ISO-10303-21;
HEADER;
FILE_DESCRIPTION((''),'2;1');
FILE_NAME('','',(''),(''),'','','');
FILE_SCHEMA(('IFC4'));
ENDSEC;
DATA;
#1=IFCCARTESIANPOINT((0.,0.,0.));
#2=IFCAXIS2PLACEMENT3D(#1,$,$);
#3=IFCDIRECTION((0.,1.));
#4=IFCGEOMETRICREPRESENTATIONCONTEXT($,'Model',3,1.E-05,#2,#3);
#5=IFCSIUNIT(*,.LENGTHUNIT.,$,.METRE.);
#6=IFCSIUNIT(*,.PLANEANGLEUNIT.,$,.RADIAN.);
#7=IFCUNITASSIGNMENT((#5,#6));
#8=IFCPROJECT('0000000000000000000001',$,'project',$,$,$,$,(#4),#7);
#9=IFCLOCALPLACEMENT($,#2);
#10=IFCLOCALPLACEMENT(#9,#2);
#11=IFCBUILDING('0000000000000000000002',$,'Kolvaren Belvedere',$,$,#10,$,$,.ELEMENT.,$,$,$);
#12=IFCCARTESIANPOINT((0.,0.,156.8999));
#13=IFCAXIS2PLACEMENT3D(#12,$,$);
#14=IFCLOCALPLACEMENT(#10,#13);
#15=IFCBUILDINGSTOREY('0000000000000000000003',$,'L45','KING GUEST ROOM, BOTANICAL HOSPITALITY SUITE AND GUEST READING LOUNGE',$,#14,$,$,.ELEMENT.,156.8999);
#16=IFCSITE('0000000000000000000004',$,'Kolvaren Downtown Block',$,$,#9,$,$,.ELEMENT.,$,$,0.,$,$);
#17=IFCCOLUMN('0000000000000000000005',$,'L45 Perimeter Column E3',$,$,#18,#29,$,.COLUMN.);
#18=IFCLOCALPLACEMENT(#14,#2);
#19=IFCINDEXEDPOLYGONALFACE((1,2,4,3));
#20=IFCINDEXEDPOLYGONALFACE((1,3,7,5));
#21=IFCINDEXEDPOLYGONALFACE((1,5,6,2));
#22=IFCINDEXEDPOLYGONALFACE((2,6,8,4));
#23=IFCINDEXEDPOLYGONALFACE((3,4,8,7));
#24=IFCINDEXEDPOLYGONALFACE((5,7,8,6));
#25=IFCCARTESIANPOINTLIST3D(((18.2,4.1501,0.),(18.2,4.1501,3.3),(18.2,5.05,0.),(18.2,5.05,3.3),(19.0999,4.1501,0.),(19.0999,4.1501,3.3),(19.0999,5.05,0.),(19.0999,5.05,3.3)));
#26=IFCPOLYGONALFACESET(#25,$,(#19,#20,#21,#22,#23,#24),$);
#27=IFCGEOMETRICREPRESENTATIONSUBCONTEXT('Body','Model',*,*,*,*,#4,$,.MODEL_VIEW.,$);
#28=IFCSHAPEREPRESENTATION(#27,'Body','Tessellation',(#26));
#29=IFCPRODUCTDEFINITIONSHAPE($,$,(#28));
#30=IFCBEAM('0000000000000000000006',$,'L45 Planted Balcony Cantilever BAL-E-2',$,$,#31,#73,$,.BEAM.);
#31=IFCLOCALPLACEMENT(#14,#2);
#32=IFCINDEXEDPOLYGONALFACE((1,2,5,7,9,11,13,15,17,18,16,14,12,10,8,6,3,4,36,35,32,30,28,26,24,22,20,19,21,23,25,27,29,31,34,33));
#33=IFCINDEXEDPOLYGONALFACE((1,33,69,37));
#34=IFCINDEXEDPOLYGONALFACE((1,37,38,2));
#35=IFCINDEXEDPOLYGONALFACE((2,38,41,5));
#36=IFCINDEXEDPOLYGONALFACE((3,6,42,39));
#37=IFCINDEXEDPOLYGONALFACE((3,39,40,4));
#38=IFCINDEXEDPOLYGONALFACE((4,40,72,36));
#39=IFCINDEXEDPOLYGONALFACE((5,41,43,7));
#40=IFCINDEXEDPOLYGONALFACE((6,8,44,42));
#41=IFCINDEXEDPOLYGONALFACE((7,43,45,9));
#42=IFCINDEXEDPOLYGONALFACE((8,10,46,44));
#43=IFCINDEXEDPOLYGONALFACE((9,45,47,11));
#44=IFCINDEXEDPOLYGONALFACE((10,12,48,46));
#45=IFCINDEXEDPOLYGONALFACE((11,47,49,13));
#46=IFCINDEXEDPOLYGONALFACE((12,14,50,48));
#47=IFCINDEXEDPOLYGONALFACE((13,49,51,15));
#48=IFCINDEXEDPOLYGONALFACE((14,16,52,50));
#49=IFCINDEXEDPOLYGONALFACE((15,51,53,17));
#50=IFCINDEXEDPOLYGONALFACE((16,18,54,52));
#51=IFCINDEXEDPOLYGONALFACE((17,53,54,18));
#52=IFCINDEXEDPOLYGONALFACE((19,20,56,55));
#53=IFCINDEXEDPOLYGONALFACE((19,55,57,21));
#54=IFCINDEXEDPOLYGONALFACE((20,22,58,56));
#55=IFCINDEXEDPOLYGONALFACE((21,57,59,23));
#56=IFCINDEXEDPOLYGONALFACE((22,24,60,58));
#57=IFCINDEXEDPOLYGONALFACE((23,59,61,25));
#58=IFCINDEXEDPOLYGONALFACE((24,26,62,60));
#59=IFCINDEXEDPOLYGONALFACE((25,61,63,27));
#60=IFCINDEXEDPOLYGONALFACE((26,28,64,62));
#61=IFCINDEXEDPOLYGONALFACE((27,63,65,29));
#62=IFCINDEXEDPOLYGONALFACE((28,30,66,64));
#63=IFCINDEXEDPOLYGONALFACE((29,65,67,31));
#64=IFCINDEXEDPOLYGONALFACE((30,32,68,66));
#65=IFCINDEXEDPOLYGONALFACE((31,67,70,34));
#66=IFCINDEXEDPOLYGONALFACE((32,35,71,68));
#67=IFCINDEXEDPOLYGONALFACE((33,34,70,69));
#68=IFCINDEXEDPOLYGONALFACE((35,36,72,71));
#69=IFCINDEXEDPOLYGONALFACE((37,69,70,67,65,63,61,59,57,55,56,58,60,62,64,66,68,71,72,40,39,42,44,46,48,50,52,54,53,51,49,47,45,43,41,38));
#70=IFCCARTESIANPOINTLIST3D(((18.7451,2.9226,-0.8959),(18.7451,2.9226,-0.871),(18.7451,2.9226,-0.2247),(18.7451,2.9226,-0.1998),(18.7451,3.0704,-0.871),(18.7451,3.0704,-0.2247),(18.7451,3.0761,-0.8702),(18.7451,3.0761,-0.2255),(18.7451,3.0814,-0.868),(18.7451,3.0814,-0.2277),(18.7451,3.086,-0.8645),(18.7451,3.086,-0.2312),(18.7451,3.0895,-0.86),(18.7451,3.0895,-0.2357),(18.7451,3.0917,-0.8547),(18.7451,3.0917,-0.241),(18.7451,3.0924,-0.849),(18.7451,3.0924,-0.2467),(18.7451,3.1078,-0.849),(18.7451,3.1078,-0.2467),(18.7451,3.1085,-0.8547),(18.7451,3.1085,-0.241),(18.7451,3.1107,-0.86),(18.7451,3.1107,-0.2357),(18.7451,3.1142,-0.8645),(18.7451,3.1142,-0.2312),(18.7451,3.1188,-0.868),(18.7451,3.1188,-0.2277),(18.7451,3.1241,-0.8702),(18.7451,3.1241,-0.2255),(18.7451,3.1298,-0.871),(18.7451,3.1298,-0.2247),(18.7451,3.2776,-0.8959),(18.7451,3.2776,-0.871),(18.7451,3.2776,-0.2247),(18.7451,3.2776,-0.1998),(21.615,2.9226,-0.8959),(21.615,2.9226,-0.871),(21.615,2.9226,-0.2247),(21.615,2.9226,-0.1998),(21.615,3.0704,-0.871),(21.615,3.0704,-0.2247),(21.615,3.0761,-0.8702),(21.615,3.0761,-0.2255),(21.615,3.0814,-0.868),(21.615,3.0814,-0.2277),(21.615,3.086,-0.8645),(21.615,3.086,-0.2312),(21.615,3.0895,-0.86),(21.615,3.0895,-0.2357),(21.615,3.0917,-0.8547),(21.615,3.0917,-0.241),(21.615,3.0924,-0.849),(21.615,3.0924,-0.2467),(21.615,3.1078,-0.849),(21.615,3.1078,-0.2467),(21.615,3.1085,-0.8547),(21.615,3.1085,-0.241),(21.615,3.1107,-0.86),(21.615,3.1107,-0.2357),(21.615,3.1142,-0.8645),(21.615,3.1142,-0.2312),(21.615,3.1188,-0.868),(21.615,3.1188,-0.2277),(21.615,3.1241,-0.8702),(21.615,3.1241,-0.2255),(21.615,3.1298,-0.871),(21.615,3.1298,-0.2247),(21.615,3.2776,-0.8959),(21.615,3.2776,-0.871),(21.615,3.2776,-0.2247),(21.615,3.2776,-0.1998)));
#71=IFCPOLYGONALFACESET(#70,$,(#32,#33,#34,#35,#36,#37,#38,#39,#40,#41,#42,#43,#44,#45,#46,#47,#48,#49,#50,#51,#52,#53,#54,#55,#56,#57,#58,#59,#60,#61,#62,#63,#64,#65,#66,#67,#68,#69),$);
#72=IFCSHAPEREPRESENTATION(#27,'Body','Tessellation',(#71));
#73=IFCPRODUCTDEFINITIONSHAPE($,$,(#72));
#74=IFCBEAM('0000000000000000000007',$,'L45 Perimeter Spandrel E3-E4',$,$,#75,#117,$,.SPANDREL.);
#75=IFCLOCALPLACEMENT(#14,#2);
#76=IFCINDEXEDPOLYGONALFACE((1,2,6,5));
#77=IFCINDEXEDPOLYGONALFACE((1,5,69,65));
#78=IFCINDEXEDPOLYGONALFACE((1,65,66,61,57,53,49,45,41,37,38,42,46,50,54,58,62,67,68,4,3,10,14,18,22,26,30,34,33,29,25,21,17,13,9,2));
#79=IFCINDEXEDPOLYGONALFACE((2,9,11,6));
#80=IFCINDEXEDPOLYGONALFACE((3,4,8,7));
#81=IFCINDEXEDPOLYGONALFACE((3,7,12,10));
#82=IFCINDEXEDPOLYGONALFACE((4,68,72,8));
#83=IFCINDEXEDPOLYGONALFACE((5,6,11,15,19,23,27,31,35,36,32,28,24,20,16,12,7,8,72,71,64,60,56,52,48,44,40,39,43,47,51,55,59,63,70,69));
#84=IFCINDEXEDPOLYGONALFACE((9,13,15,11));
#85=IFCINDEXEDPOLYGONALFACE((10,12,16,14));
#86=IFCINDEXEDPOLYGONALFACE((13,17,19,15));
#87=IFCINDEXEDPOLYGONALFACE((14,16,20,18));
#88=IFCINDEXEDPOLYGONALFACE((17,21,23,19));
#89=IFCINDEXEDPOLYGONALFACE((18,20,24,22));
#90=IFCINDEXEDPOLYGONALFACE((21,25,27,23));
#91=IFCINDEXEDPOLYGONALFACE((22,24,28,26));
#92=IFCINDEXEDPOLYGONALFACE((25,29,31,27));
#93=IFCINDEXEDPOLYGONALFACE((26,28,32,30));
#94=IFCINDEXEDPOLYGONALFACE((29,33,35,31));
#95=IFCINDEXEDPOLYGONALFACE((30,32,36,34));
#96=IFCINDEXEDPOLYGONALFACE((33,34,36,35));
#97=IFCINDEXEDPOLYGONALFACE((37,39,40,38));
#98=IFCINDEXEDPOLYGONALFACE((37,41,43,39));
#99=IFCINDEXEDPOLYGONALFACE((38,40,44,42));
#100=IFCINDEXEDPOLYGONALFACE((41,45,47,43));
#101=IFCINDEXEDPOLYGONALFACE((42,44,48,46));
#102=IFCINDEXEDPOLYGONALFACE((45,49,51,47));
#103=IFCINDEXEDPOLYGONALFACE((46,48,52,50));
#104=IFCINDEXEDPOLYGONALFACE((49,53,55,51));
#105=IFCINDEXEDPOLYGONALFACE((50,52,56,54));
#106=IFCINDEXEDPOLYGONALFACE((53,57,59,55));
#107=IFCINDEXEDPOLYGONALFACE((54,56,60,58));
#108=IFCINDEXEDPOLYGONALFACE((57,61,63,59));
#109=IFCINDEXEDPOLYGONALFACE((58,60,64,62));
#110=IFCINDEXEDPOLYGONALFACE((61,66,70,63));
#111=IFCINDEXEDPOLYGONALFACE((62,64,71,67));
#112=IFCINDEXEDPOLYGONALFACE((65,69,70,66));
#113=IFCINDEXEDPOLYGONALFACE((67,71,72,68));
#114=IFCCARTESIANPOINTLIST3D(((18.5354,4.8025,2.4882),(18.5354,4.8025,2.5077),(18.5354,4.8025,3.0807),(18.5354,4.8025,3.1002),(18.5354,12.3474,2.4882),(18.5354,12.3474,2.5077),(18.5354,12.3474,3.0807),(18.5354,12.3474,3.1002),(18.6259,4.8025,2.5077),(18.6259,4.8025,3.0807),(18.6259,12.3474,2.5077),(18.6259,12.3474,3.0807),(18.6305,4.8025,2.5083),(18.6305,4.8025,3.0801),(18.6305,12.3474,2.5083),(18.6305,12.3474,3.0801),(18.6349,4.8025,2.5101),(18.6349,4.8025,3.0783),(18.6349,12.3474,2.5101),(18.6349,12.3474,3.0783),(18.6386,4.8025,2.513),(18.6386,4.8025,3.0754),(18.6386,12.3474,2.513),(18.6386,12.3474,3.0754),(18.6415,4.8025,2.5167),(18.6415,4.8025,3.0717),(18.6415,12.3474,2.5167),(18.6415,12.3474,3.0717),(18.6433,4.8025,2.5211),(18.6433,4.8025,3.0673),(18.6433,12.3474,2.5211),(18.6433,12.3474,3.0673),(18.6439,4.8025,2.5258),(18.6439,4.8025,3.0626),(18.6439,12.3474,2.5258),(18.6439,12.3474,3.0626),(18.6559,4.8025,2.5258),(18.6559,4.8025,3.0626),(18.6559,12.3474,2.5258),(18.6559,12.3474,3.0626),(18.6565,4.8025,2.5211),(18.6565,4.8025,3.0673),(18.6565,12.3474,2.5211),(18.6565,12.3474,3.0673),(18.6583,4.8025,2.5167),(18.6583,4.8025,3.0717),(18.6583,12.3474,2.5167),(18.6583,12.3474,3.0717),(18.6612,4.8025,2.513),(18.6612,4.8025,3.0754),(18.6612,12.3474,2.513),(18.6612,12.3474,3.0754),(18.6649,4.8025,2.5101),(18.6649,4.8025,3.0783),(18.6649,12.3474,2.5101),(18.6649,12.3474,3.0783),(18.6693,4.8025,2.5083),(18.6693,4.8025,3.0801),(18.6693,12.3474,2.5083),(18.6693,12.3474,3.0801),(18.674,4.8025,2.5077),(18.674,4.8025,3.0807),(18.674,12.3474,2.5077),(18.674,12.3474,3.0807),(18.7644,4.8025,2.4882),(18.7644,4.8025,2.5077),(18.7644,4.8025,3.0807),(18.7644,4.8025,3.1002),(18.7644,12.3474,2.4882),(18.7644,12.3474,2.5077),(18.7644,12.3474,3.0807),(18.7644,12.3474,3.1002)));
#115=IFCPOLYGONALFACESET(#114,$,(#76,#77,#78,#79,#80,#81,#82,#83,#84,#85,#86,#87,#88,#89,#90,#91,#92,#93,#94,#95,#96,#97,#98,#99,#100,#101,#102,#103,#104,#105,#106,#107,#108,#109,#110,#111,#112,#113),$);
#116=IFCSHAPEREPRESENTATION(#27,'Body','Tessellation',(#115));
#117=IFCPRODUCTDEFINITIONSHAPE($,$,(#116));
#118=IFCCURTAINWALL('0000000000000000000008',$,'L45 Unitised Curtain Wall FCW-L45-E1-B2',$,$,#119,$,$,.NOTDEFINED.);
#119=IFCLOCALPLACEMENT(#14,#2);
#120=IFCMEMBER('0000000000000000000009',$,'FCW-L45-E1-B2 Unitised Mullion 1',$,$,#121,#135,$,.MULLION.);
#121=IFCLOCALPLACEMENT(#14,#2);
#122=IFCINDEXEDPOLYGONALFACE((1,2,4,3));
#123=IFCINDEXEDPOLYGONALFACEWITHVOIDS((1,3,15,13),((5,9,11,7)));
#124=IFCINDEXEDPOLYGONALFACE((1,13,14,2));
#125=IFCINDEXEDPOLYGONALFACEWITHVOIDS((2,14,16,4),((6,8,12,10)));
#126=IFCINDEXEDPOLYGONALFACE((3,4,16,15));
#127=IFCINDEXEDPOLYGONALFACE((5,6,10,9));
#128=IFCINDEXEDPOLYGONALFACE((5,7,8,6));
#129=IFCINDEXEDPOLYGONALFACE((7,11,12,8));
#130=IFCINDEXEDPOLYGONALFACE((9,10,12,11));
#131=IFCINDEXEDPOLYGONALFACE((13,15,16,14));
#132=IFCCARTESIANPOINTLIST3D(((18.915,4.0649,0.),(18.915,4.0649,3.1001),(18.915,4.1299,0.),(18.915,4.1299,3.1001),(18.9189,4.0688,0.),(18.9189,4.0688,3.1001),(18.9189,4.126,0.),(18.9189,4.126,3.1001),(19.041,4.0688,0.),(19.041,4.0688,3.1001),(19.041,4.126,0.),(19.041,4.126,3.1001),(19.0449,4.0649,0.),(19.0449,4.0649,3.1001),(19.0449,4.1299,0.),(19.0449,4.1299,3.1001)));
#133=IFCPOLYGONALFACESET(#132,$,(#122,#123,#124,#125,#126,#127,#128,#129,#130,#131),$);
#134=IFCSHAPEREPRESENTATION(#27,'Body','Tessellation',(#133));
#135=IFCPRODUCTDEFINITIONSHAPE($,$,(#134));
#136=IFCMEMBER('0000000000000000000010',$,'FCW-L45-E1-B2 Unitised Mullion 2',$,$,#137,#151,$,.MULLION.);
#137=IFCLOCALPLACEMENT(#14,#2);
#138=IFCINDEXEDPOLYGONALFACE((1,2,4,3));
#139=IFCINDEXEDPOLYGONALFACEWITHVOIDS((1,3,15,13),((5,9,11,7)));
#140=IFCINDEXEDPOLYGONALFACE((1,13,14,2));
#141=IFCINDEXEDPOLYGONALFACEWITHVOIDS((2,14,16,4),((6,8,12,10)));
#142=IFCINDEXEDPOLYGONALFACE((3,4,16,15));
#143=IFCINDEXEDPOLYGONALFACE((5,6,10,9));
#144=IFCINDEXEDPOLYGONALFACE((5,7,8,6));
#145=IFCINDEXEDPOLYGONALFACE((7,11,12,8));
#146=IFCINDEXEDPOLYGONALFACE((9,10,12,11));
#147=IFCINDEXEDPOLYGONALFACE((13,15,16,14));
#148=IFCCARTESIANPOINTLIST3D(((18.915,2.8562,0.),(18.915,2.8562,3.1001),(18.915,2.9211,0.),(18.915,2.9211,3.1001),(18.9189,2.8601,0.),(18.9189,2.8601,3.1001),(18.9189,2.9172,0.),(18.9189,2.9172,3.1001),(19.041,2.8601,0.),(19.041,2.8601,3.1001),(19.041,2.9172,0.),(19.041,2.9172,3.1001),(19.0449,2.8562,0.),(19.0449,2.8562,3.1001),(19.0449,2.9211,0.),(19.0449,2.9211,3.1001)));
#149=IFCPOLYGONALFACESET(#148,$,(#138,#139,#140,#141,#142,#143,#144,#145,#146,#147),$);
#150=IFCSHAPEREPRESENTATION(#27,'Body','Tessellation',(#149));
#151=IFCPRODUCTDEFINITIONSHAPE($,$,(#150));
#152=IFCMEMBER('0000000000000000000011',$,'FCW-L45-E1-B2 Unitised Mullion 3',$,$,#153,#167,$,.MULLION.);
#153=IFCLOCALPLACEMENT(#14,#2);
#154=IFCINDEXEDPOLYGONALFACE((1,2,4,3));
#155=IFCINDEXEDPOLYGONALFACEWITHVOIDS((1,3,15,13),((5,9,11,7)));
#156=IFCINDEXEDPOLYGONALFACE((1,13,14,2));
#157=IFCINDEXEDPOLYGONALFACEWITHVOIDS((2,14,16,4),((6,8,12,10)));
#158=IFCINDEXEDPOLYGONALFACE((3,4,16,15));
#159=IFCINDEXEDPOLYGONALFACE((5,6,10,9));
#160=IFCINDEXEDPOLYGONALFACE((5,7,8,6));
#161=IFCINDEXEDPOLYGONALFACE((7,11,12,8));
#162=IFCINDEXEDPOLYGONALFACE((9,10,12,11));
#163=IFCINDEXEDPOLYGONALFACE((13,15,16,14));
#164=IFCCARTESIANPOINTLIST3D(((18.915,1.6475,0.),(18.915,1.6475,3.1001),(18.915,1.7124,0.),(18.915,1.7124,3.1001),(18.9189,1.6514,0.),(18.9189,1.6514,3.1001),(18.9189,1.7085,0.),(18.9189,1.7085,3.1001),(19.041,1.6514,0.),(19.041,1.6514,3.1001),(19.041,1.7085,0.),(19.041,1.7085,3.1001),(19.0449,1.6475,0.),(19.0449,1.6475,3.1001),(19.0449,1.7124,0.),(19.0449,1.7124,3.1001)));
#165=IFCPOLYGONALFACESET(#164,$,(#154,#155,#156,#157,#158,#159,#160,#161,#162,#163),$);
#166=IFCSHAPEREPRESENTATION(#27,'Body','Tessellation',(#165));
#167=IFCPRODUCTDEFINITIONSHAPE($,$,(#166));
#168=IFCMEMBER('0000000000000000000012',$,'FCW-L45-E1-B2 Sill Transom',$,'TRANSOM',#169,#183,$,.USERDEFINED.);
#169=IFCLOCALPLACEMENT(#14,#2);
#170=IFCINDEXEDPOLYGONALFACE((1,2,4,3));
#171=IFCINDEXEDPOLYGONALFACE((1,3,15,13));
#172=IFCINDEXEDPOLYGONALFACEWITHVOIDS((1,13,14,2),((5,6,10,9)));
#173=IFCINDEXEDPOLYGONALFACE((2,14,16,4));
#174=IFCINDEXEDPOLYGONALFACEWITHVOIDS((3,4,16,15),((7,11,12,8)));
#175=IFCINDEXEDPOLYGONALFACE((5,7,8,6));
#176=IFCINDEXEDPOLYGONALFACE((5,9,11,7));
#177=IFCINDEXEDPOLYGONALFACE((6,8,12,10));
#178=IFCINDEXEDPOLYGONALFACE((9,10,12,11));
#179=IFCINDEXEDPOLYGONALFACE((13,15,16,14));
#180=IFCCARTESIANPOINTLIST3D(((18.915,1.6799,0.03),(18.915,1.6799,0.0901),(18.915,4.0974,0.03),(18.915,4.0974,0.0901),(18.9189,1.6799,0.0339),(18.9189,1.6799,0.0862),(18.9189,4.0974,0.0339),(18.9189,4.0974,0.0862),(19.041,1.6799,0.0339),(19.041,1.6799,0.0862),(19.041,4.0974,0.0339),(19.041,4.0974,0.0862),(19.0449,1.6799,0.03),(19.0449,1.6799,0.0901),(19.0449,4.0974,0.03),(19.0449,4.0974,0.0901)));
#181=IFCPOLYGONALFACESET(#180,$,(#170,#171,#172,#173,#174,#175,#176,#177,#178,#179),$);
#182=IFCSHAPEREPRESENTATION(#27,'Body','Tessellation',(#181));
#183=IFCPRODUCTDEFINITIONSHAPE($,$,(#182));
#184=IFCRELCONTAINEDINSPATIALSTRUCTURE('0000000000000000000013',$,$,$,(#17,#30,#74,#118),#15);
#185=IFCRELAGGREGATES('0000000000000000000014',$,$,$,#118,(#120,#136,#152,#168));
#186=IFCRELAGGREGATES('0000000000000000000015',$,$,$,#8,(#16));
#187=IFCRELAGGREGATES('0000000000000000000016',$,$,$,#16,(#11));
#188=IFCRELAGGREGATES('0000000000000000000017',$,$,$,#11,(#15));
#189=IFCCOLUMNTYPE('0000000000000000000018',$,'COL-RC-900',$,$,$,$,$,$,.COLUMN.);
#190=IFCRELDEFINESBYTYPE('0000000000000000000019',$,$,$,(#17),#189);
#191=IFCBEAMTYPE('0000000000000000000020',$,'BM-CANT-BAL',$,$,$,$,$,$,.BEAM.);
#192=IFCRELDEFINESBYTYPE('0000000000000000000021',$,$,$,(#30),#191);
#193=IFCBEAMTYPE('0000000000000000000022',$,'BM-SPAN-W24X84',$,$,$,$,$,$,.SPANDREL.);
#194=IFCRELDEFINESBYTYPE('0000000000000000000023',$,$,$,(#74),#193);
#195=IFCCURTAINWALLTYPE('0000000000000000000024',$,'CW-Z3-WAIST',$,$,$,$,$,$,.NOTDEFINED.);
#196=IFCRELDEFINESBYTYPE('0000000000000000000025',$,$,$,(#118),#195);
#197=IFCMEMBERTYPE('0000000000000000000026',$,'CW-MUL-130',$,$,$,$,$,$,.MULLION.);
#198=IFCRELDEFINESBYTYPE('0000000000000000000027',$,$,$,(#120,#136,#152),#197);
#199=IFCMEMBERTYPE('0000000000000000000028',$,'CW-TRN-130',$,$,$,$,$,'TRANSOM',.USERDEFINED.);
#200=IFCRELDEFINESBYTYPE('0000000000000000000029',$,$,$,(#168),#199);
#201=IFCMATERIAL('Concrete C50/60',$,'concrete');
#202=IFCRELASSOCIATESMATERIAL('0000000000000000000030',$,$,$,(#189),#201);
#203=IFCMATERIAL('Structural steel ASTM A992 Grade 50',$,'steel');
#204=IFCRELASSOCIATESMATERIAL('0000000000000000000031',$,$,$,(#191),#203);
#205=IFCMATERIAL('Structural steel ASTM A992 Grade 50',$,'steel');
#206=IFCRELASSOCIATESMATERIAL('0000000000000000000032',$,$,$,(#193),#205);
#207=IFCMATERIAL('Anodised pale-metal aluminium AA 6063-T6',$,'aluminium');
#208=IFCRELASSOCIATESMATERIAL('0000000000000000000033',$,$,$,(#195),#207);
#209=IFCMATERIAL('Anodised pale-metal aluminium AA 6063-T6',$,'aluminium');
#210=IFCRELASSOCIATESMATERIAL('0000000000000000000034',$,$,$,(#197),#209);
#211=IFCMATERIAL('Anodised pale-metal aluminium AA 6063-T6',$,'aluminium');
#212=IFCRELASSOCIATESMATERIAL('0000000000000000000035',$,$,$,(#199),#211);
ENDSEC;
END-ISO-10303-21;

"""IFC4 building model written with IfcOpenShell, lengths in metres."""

from ifc_helpers import new_model, si_unit, direction, frame, origin, origin_2d, place, context, subcontext, project, spatial, rectangle, hollow_rectangle, i_section, extrude, material, material_profile, profile_set, type_object, element, aggregate, save


model = new_model("IFC4")

# Units and contexts
model_context = context("Model", 3, precision=1e-05, world=origin(), true_north=direction((0.0, 1.0)))
body_context = subcontext(model_context, "Body", "Model", "MODEL_VIEW")
ifc_project = project(units=[si_unit("LENGTHUNIT", "METRE"), si_unit("PLANEANGLEUNIT", "RADIAN")], contexts=[model_context])

# Site, building, storey
site_placement = place(None, origin())
site = spatial("IfcSite", under=ifc_project, at=site_placement, Name="Kolvaren Downtown Block", CompositionType="ELEMENT", RefElevation=0.0)
building_placement = place(site_placement, origin())
building = spatial("IfcBuilding", under=site, at=building_placement, Name="Kolvaren Belvedere", CompositionType="ELEMENT")
storey_placement = place(building_placement, frame((0.0, 0.0, 156.8999)))
storey = spatial("IfcBuildingStorey", under=building, at=storey_placement, Name="L45", Description="KING GUEST ROOM, BOTANICAL HOSPITALITY SUITE AND GUEST READING LOUNGE", CompositionType="ELEMENT", Elevation=156.8999)

# Column
ifc_material_1 = material(Name="Concrete C50/60", Category="concrete")
ifc_material_profile_1 = material_profile(ifc_material_1, rectangle(XDim=0.8999, YDim=0.8999, at=origin_2d()), Name="RC 900X900")
ifc_profile_set_1 = profile_set([ifc_material_profile_1], Name="Concrete C50/60")
column_type = type_object("IfcColumnType", Name="COL-RC-900", PredefinedType="COLUMN", material=ifc_profile_set_1)
column_placement = place(storey_placement, frame((18.6499, 4.6001, 0.0), z_axis=(0.0, 0.0, 1.0), x_axis=(1.0, 0.0, 0.0)))
element("IfcColumn", 1, at=column_placement, inside=storey, type_object=column_type, Name="L45 Perimeter Column E3", PredefinedType="COLUMN", context=body_context, shape_type="SweptSolid", body=[
    extrude(rectangle(XDim=0.8999, YDim=0.8999, at=origin_2d()), origin(), (0.0, 0.0, 1.0), 3.3),
])

# Beams
ifc_material_2 = material(Name="Structural steel ASTM A992 Grade 50", Category="steel")
ifc_material_profile_2 = material_profile(ifc_material_2, i_section(OverallWidth=0.355, OverallDepth=0.696, WebThickness=0.0154, FlangeThickness=0.0249, FilletRadius=0.022, at=origin_2d()), Name="W27X146")
ifc_profile_set_2 = profile_set([ifc_material_profile_2], Name="Structural steel ASTM A992 Grade 50")
beam_type_1 = type_object("IfcBeamType", Name="BM-CANT-BAL", PredefinedType="BEAM", material=ifc_profile_set_2)
beam_1_placement = place(storey_placement, frame((18.7451, 3.1001, -0.5479), z_axis=(1.0, 0.0, 0.0), x_axis=(0.0, 1.0, 0.0)))
element("IfcBeam", 2, at=beam_1_placement, inside=storey, type_object=beam_type_1, Name="L45 Planted Balcony Cantilever BAL-E-2", PredefinedType="BEAM", context=body_context, shape_type="SweptSolid", body=[
    extrude(i_section(OverallWidth=0.355, OverallDepth=0.696, WebThickness=0.0154, FlangeThickness=0.0249, FilletRadius=0.022, at=origin_2d()), origin(), (0.0, 0.0, 1.0), 2.8699),
])
ifc_material_3 = material(Name="Structural steel ASTM A992 Grade 50", Category="steel")
ifc_material_profile_3 = material_profile(ifc_material_3, i_section(OverallWidth=0.229, OverallDepth=0.6121, WebThickness=0.012, FlangeThickness=0.0195, FilletRadius=0.0181, at=origin_2d()), Name="W24X84")
ifc_profile_set_3 = profile_set([ifc_material_profile_3], Name="Structural steel ASTM A992 Grade 50")
beam_type_2 = type_object("IfcBeamType", Name="BM-SPAN-W24X84", PredefinedType="SPANDREL", material=ifc_profile_set_3)
beam_2_placement = place(storey_placement, frame((18.6499, 4.8025, 2.7942), z_axis=(0.0, 1.0, 0.0), x_axis=(-1.0, 0.0, 0.0)))
element("IfcBeam", 3, at=beam_2_placement, inside=storey, type_object=beam_type_2, Name="L45 Perimeter Spandrel E3-E4", PredefinedType="SPANDREL", context=body_context, shape_type="SweptSolid", body=[
    extrude(i_section(OverallWidth=0.229, OverallDepth=0.6121, WebThickness=0.012, FlangeThickness=0.0195, FilletRadius=0.0181, at=origin_2d()), origin(), (0.0, 0.0, 1.0), 7.5449),
])

# Curtain wall, members
ifc_material_4 = material(Name="Anodised pale-metal aluminium AA 6063-T6", Category="aluminium")
curtain_wall_type = type_object("IfcCurtainWallType", Name="CW-Z3-WAIST", PredefinedType="NOTDEFINED", material=ifc_material_4)
curtain_wall_placement = place(storey_placement, origin())
curtain_wall = element("IfcCurtainWall", 4, at=curtain_wall_placement, inside=storey, type_object=curtain_wall_type, Name="L45 Unitised Curtain Wall FCW-L45-E1-B2", PredefinedType="NOTDEFINED")
ifc_material_5 = material(Name="Anodised pale-metal aluminium AA 6063-T6", Category="aluminium")
ifc_material_profile_4 = material_profile(ifc_material_5, hollow_rectangle(XDim=0.0649, YDim=0.1299, WallThickness=0.0039, at=origin_2d()), Name="ALU-MUL-130X65")
ifc_profile_set_4 = profile_set([ifc_material_profile_4], Name="Anodised pale-metal aluminium AA 6063-T6")
member_type_1 = type_object("IfcMemberType", Name="CW-MUL-130", PredefinedType="MULLION", material=ifc_profile_set_4)
member_1_placement = place(storey_placement, frame((18.98, 4.0974, 0.0), z_axis=(0.0, 0.0, 1.0), x_axis=(0.0, 1.0, 0.0)))
member_1 = element("IfcMember", 5, at=member_1_placement, type_object=member_type_1, Name="FCW-L45-E1-B2 Unitised Mullion 1", PredefinedType="MULLION", context=body_context, shape_type="SweptSolid", body=[
    extrude(hollow_rectangle(XDim=0.0649, YDim=0.1299, WallThickness=0.0039, at=origin_2d()), origin(), (0.0, 0.0, 1.0), 3.1001),
])
member_2_placement = place(storey_placement, frame((18.98, 2.8887, 0.0), z_axis=(0.0, 0.0, 1.0), x_axis=(0.0, 1.0, 0.0)))
member_2 = element("IfcMember", 6, at=member_2_placement, type_object=member_type_1, Name="FCW-L45-E1-B2 Unitised Mullion 2", PredefinedType="MULLION", context=body_context, shape_type="SweptSolid", body=[
    extrude(hollow_rectangle(XDim=0.0649, YDim=0.1299, WallThickness=0.0039, at=origin_2d()), origin(), (0.0, 0.0, 1.0), 3.1001),
])
member_3_placement = place(storey_placement, frame((18.98, 1.6799, 0.0), z_axis=(0.0, 0.0, 1.0), x_axis=(0.0, 1.0, 0.0)))
member_3 = element("IfcMember", 7, at=member_3_placement, type_object=member_type_1, Name="FCW-L45-E1-B2 Unitised Mullion 3", PredefinedType="MULLION", context=body_context, shape_type="SweptSolid", body=[
    extrude(hollow_rectangle(XDim=0.0649, YDim=0.1299, WallThickness=0.0039, at=origin_2d()), origin(), (0.0, 0.0, 1.0), 3.1001),
])
ifc_material_6 = material(Name="Anodised pale-metal aluminium AA 6063-T6", Category="aluminium")
ifc_material_profile_5 = material_profile(ifc_material_6, hollow_rectangle(XDim=0.0601, YDim=0.1299, WallThickness=0.0039, at=origin_2d()), Name="ALU-TRN-130X60")
ifc_profile_set_5 = profile_set([ifc_material_profile_5], Name="Anodised pale-metal aluminium AA 6063-T6")
member_type_2 = type_object("IfcMemberType", Name="CW-TRN-130", ElementType="TRANSOM", PredefinedType="USERDEFINED", material=ifc_profile_set_5)
member_4_placement = place(storey_placement, frame((18.98, 4.0974, 0.0601), z_axis=(0.0, -1.0, 0.0), x_axis=(0.0, 0.0, 1.0)))
member_4 = element("IfcMember", 8, at=member_4_placement, type_object=member_type_2, Name="FCW-L45-E1-B2 Sill Transom", ObjectType="TRANSOM", PredefinedType="USERDEFINED", context=body_context, shape_type="SweptSolid", body=[
    extrude(hollow_rectangle(XDim=0.0601, YDim=0.1299, WallThickness=0.0039, at=origin_2d()), origin(), (0.0, 0.0, 1.0), 2.4175),
])

aggregate(curtain_wall, [member_1, member_2, member_3, member_4])

save(model, "model.ifc")
